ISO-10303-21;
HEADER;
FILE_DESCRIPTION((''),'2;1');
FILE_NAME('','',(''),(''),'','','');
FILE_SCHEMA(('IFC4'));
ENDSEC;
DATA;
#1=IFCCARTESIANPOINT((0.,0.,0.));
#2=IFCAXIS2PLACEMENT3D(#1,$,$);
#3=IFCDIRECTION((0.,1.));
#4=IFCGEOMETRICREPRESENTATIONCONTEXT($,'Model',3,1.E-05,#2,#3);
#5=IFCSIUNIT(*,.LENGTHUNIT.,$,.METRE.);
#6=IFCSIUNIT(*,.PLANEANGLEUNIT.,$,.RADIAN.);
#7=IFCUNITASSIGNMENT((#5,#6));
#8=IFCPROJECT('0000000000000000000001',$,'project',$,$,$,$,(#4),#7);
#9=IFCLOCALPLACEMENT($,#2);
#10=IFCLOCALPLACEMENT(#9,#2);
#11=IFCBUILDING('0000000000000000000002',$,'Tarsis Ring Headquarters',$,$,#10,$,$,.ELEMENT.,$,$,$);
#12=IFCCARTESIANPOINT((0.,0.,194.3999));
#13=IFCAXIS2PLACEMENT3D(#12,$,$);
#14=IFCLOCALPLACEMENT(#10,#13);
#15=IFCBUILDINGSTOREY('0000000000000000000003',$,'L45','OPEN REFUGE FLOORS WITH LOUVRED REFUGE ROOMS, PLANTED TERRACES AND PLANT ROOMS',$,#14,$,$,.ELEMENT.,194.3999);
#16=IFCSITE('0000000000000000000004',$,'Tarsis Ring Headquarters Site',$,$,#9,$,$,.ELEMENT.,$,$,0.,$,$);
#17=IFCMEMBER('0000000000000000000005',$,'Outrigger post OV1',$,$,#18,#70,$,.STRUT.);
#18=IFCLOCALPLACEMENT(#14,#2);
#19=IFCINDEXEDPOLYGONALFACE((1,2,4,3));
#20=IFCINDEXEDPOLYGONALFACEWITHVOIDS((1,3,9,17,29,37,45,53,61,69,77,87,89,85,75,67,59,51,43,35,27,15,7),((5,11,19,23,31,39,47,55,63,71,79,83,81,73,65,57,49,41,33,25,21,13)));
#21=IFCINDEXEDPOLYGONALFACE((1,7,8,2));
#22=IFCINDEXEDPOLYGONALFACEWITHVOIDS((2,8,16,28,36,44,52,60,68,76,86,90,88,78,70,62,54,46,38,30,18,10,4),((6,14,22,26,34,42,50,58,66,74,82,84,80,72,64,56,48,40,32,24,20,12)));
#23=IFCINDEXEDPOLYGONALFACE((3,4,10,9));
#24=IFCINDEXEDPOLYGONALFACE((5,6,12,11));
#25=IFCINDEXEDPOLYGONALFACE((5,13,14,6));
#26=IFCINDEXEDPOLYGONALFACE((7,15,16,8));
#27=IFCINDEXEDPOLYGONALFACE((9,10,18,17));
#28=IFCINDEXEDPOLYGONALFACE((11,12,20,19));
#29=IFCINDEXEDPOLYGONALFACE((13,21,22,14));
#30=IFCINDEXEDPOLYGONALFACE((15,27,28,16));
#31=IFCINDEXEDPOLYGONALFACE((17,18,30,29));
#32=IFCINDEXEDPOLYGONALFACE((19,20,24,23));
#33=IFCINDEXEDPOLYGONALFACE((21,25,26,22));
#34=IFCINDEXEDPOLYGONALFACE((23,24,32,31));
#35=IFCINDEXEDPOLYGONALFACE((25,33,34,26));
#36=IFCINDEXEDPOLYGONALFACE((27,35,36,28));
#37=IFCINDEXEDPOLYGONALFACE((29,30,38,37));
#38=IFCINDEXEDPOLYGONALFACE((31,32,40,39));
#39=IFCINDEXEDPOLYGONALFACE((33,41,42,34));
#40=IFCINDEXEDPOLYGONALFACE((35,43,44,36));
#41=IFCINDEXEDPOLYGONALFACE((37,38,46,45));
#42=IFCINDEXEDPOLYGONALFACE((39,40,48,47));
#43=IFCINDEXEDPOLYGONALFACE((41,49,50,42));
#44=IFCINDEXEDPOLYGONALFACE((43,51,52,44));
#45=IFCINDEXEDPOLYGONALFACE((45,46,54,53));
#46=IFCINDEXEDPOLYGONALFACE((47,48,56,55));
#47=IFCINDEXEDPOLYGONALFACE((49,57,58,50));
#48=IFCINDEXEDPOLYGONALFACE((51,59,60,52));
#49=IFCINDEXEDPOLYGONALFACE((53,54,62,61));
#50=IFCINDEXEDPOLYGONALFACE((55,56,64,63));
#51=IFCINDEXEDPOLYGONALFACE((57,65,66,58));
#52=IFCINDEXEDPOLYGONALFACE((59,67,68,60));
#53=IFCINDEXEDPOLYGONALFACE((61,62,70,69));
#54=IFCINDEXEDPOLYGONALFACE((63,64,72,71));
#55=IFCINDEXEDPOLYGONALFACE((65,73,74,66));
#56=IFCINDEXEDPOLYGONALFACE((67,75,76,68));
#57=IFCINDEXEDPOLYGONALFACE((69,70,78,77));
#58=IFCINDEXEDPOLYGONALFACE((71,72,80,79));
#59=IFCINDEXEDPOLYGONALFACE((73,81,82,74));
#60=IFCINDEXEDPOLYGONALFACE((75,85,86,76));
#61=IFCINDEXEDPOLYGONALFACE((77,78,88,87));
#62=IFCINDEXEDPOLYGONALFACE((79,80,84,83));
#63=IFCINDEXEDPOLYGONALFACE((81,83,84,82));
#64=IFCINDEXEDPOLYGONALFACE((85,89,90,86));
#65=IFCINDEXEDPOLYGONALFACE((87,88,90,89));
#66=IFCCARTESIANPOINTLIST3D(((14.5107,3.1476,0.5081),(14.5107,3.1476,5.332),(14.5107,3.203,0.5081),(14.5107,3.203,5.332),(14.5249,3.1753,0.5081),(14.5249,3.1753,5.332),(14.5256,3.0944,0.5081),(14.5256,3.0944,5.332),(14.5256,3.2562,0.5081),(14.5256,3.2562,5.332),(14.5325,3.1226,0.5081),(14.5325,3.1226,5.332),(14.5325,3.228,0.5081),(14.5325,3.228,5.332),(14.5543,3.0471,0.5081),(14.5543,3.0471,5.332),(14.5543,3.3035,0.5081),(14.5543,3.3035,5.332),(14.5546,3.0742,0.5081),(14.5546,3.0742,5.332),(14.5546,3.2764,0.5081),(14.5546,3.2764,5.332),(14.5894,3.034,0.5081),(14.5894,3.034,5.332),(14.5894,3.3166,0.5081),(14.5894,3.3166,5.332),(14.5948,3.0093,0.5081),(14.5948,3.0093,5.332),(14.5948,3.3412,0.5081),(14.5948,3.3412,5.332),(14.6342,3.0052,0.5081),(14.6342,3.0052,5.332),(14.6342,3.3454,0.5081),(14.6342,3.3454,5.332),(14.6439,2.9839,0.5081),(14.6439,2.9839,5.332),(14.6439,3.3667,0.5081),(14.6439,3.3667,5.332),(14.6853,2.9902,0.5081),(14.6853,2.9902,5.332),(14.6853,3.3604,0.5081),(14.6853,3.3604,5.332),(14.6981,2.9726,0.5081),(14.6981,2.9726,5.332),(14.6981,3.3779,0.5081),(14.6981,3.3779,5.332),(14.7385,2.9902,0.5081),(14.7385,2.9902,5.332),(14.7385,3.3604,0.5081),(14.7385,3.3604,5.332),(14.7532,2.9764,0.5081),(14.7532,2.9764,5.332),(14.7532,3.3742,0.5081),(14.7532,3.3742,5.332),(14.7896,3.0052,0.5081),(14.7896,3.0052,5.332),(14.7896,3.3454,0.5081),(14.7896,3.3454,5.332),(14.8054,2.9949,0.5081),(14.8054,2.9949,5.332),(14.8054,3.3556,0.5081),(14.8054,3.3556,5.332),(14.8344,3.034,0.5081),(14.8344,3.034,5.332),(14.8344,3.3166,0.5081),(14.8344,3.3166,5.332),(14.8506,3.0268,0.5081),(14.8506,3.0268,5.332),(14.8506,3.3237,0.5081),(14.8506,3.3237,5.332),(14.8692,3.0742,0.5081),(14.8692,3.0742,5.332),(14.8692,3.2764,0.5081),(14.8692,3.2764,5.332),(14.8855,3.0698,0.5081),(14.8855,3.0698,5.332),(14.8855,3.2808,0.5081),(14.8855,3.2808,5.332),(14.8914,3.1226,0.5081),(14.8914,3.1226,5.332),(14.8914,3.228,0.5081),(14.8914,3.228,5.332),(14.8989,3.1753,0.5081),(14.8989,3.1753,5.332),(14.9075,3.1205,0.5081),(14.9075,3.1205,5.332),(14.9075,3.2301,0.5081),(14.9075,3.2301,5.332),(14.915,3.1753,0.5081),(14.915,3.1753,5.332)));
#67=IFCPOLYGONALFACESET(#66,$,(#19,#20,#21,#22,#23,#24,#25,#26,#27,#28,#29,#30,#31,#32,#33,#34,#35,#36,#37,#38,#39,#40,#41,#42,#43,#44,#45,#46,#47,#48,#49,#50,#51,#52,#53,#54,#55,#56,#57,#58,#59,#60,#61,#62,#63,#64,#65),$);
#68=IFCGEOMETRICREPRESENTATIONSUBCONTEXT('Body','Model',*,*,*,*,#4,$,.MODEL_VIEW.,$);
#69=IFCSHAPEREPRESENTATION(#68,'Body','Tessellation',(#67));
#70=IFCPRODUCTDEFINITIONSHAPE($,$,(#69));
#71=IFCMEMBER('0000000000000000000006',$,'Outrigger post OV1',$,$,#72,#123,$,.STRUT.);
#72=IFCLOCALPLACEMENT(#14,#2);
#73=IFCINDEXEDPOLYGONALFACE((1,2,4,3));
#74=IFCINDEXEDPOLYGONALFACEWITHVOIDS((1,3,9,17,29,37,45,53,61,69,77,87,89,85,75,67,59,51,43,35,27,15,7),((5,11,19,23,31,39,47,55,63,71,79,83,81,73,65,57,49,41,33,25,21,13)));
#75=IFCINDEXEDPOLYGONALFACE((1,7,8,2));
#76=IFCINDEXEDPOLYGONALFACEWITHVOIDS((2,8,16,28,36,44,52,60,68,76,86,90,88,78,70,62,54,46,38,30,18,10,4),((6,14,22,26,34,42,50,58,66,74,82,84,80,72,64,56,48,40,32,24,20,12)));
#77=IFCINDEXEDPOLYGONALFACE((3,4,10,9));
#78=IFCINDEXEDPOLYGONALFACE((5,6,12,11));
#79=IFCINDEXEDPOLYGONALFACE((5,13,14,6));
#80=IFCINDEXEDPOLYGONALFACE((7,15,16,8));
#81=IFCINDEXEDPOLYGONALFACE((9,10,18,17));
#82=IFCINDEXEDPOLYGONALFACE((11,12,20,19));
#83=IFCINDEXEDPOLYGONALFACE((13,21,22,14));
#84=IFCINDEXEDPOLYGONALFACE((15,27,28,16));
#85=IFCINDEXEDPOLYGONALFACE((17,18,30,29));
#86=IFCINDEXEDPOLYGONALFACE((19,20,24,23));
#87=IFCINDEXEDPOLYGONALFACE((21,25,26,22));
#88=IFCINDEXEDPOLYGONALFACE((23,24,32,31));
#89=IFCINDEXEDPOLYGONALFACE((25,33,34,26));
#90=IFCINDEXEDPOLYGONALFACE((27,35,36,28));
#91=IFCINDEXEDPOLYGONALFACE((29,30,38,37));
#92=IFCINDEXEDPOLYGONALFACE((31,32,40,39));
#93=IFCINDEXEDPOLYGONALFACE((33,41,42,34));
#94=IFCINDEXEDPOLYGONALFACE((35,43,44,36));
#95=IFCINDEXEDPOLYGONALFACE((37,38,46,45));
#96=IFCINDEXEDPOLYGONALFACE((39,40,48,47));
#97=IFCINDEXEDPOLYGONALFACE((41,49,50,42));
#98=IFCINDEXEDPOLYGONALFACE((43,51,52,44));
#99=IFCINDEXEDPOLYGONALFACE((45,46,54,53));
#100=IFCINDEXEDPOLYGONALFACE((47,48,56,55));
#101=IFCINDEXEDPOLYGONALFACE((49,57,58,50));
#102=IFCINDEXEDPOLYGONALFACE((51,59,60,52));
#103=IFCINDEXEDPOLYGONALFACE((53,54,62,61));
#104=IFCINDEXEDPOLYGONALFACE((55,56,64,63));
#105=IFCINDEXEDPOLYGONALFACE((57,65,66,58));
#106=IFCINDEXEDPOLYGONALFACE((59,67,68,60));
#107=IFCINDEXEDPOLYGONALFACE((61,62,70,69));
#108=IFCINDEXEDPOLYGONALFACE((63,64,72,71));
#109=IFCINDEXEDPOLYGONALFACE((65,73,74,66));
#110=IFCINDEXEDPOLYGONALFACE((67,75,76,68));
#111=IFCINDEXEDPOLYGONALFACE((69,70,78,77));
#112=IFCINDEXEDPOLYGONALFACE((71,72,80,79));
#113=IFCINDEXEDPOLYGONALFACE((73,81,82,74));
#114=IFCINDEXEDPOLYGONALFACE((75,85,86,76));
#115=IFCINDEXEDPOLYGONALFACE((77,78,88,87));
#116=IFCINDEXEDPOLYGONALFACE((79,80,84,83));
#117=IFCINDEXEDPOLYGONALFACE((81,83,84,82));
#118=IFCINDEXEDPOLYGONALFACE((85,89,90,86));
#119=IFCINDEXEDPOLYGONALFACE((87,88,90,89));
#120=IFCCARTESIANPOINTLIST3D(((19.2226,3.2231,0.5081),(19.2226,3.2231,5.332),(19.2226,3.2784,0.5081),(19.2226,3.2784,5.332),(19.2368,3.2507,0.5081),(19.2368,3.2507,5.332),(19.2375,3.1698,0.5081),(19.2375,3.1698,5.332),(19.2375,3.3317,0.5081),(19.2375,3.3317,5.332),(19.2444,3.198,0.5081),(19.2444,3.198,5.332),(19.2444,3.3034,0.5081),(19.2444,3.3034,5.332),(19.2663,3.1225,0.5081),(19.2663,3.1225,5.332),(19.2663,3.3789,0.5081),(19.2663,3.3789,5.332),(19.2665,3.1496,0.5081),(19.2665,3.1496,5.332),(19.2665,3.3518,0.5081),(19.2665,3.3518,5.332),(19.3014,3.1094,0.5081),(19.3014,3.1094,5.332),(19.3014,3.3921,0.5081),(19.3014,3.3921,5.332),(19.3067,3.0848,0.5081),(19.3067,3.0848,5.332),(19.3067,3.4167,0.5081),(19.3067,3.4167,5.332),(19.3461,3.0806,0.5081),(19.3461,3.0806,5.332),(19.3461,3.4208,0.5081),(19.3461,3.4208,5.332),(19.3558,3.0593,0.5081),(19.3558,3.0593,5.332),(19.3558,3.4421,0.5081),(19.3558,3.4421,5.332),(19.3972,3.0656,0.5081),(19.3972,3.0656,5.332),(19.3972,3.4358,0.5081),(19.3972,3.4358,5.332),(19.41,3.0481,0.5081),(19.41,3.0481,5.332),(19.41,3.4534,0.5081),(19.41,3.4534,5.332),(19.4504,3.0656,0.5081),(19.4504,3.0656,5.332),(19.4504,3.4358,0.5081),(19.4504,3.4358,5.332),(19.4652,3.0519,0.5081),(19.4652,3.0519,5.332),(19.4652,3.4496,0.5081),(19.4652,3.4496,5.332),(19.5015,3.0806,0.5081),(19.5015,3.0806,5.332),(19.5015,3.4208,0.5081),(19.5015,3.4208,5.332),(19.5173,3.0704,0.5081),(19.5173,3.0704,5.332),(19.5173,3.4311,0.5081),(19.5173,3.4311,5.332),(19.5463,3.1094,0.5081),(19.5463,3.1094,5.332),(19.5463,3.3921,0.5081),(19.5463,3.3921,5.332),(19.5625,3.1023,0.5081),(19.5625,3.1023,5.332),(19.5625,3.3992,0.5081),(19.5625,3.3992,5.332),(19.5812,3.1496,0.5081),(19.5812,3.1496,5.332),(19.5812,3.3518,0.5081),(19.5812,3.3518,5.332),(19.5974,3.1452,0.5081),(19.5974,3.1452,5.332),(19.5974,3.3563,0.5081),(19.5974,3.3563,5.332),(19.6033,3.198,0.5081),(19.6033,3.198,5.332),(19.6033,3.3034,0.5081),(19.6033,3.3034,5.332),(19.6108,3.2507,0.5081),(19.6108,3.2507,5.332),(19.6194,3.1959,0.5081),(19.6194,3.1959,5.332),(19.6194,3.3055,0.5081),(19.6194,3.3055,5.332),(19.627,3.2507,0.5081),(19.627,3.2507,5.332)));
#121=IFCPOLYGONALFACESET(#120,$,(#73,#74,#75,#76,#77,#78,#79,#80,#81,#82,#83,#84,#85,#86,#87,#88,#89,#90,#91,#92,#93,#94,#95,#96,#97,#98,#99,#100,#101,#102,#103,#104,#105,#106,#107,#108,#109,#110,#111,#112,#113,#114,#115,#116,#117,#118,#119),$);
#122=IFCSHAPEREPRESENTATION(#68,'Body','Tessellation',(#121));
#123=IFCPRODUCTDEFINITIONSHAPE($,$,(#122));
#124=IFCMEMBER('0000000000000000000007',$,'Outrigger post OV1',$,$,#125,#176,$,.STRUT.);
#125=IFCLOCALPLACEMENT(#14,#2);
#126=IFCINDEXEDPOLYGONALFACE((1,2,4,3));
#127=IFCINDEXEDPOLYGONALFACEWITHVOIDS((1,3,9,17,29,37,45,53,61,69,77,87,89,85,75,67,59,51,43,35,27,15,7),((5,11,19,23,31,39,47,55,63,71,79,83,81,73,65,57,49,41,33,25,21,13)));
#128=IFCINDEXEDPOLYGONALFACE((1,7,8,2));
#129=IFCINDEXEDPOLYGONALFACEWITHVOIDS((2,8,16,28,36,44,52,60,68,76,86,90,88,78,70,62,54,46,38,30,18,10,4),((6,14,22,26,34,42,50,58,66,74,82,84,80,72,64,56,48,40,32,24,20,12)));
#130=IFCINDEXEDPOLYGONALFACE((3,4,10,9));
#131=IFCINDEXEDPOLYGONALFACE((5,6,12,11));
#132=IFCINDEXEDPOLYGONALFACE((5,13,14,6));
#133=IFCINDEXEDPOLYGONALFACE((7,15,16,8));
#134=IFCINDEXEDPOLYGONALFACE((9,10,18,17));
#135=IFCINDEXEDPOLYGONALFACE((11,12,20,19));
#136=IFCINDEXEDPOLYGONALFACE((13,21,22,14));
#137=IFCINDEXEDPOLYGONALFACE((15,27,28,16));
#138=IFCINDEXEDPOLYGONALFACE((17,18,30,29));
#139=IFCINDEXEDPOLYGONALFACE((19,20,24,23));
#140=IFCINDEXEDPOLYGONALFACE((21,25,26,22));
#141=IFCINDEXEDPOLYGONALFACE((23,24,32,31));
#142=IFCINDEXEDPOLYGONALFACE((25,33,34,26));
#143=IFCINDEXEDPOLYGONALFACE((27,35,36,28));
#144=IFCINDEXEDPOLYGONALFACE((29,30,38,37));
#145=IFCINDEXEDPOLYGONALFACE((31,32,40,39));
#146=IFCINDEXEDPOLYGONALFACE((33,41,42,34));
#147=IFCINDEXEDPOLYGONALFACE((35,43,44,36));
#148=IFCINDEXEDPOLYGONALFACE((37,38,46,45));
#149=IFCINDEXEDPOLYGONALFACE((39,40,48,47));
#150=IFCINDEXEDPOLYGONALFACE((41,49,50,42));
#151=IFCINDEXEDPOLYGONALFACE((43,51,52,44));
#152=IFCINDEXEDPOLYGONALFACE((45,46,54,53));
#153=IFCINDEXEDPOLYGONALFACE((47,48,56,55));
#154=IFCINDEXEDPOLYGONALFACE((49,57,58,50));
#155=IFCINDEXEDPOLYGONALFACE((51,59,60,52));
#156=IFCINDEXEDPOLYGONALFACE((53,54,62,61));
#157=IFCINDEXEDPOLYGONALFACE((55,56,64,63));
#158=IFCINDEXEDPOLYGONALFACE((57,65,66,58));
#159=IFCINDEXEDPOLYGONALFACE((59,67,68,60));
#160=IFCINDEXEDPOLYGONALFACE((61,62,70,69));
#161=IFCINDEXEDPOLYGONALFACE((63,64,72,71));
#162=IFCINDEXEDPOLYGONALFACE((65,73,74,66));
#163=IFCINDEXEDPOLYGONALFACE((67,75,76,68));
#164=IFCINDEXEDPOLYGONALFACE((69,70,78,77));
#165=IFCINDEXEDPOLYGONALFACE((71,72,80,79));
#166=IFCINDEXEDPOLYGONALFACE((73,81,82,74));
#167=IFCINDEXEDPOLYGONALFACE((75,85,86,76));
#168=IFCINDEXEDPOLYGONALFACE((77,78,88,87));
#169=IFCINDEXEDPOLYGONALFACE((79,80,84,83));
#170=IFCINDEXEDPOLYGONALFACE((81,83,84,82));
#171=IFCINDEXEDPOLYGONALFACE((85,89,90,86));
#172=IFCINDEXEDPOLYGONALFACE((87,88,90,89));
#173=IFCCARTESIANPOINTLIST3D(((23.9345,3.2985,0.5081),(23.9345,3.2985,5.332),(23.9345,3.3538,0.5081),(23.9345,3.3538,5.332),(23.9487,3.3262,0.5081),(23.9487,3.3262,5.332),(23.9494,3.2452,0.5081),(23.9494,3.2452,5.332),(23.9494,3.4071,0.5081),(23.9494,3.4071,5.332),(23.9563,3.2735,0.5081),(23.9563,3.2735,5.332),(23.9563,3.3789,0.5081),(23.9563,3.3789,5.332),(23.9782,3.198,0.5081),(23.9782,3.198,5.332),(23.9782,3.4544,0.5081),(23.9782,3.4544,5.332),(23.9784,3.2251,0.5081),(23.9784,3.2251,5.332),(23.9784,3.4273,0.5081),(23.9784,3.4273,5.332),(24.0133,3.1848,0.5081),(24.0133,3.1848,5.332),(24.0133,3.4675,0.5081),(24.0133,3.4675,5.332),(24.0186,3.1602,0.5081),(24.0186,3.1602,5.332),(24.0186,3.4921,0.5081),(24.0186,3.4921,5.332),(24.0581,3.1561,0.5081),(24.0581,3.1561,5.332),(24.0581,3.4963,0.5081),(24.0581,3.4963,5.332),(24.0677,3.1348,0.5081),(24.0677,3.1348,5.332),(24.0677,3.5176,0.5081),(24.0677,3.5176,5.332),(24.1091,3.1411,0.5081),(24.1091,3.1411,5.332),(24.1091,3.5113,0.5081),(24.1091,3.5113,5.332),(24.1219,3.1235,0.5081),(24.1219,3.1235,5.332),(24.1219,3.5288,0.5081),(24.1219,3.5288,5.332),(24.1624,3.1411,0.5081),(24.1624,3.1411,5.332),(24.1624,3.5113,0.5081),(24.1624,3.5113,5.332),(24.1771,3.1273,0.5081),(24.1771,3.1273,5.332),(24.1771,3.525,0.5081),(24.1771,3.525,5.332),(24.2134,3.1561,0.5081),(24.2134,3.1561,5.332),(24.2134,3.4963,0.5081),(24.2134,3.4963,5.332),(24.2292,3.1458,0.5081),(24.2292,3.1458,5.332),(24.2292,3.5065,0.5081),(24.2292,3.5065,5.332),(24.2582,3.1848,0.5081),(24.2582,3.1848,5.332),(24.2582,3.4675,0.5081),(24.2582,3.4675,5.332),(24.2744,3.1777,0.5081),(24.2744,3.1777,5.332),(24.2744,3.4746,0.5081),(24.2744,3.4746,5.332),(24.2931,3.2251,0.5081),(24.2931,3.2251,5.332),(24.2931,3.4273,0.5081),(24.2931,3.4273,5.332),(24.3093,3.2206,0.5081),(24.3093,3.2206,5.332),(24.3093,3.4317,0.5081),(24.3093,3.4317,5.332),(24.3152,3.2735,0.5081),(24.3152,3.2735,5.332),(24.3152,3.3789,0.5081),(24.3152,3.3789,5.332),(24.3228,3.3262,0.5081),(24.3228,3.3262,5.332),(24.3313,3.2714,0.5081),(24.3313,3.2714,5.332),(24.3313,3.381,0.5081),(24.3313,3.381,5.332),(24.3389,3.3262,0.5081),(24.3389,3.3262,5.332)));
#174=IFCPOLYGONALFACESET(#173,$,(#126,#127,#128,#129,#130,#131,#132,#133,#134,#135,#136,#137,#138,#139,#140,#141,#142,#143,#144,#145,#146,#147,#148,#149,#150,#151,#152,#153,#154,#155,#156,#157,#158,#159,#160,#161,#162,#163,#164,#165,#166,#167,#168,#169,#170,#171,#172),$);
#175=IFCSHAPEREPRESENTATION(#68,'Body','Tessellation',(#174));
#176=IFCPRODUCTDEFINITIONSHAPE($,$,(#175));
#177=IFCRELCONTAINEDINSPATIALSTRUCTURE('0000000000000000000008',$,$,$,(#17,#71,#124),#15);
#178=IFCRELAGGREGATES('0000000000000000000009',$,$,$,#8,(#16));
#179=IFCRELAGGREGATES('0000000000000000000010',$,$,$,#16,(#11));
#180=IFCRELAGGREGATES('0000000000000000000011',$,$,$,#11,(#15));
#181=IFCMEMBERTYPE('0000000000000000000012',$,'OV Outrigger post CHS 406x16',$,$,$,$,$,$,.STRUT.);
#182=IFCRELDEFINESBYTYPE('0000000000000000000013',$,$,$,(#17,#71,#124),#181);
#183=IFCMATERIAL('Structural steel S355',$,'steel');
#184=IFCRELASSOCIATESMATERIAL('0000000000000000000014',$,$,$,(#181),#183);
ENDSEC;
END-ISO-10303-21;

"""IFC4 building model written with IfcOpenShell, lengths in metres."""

from ifc_helpers import new_model, si_unit, direction, frame, origin, origin_2d, place, context, subcontext, project, spatial, hollow_circle, extrude, material, material_profile, profile_set, type_object, element, save


model = new_model("IFC4")

# Units and contexts
model_context = context("Model", 3, precision=1e-05, world=origin(), true_north=direction((0.0, 1.0)))
body_context = subcontext(model_context, "Body", "Model", "MODEL_VIEW")
ifc_project = project(units=[si_unit("LENGTHUNIT", "METRE"), si_unit("PLANEANGLEUNIT", "RADIAN")], contexts=[model_context])

# Site, building, storey
site_placement = place(None, origin())
site = spatial("IfcSite", under=ifc_project, at=site_placement, Name="Tarsis Ring Headquarters Site", CompositionType="ELEMENT", RefElevation=0.0)
building_placement = place(site_placement, origin())
building = spatial("IfcBuilding", under=site, at=building_placement, Name="Tarsis Ring Headquarters", CompositionType="ELEMENT")
storey_placement = place(building_placement, frame((0.0, 0.0, 194.3999)))
storey = spatial("IfcBuildingStorey", under=building, at=storey_placement, Name="L45", Description="OPEN REFUGE FLOORS WITH LOUVRED REFUGE ROOMS, PLANTED TERRACES AND PLANT ROOMS", CompositionType="ELEMENT", Elevation=194.3999)

# Shared definitions
ifc_material_1 = material(Name="Structural steel S355", Category="steel")

# Members
ifc_material_profile_1 = material_profile(ifc_material_1, hollow_circle(Radius=0.2031, WallThickness=0.0161, at=origin_2d()), Name="CHS 406x16")
ifc_profile_set_1 = profile_set([ifc_material_profile_1], Name="Structural steel S355")
member_type_1 = type_object("IfcMemberType", Name="OV Outrigger post CHS 406x16", PredefinedType="STRUT", material=ifc_profile_set_1)
for number, where, z_axis, x_axis, name in (
    (1, (14.7119, 3.1753, 0.5081), (0.0, 0.0, 1.0), (1.0, 0.0, 0.0), "Outrigger post OV1"),
    (2, (19.4238, 3.2507, 0.5081), (0.0, 0.0, 1.0), (1.0, 0.0, 0.0), "Outrigger post OV1"),
    (3, (24.1357, 3.3262, 0.5081), (0.0, 0.0, 1.0), (1.0, 0.0, 0.0), "Outrigger post OV1"),
):
    element("IfcMember", number, at=place(storey_placement, frame(where, z_axis=z_axis, x_axis=x_axis)), inside=storey, type_object=member_type_1, Name=name, PredefinedType="STRUT", context=body_context, shape_type="SweptSolid", body=[
        extrude(hollow_circle(Radius=0.2031, WallThickness=0.0161, at=origin_2d()), origin(), (0.0, 0.0, 1.0), 4.824),
    ])

save(model, "model.ifc")
